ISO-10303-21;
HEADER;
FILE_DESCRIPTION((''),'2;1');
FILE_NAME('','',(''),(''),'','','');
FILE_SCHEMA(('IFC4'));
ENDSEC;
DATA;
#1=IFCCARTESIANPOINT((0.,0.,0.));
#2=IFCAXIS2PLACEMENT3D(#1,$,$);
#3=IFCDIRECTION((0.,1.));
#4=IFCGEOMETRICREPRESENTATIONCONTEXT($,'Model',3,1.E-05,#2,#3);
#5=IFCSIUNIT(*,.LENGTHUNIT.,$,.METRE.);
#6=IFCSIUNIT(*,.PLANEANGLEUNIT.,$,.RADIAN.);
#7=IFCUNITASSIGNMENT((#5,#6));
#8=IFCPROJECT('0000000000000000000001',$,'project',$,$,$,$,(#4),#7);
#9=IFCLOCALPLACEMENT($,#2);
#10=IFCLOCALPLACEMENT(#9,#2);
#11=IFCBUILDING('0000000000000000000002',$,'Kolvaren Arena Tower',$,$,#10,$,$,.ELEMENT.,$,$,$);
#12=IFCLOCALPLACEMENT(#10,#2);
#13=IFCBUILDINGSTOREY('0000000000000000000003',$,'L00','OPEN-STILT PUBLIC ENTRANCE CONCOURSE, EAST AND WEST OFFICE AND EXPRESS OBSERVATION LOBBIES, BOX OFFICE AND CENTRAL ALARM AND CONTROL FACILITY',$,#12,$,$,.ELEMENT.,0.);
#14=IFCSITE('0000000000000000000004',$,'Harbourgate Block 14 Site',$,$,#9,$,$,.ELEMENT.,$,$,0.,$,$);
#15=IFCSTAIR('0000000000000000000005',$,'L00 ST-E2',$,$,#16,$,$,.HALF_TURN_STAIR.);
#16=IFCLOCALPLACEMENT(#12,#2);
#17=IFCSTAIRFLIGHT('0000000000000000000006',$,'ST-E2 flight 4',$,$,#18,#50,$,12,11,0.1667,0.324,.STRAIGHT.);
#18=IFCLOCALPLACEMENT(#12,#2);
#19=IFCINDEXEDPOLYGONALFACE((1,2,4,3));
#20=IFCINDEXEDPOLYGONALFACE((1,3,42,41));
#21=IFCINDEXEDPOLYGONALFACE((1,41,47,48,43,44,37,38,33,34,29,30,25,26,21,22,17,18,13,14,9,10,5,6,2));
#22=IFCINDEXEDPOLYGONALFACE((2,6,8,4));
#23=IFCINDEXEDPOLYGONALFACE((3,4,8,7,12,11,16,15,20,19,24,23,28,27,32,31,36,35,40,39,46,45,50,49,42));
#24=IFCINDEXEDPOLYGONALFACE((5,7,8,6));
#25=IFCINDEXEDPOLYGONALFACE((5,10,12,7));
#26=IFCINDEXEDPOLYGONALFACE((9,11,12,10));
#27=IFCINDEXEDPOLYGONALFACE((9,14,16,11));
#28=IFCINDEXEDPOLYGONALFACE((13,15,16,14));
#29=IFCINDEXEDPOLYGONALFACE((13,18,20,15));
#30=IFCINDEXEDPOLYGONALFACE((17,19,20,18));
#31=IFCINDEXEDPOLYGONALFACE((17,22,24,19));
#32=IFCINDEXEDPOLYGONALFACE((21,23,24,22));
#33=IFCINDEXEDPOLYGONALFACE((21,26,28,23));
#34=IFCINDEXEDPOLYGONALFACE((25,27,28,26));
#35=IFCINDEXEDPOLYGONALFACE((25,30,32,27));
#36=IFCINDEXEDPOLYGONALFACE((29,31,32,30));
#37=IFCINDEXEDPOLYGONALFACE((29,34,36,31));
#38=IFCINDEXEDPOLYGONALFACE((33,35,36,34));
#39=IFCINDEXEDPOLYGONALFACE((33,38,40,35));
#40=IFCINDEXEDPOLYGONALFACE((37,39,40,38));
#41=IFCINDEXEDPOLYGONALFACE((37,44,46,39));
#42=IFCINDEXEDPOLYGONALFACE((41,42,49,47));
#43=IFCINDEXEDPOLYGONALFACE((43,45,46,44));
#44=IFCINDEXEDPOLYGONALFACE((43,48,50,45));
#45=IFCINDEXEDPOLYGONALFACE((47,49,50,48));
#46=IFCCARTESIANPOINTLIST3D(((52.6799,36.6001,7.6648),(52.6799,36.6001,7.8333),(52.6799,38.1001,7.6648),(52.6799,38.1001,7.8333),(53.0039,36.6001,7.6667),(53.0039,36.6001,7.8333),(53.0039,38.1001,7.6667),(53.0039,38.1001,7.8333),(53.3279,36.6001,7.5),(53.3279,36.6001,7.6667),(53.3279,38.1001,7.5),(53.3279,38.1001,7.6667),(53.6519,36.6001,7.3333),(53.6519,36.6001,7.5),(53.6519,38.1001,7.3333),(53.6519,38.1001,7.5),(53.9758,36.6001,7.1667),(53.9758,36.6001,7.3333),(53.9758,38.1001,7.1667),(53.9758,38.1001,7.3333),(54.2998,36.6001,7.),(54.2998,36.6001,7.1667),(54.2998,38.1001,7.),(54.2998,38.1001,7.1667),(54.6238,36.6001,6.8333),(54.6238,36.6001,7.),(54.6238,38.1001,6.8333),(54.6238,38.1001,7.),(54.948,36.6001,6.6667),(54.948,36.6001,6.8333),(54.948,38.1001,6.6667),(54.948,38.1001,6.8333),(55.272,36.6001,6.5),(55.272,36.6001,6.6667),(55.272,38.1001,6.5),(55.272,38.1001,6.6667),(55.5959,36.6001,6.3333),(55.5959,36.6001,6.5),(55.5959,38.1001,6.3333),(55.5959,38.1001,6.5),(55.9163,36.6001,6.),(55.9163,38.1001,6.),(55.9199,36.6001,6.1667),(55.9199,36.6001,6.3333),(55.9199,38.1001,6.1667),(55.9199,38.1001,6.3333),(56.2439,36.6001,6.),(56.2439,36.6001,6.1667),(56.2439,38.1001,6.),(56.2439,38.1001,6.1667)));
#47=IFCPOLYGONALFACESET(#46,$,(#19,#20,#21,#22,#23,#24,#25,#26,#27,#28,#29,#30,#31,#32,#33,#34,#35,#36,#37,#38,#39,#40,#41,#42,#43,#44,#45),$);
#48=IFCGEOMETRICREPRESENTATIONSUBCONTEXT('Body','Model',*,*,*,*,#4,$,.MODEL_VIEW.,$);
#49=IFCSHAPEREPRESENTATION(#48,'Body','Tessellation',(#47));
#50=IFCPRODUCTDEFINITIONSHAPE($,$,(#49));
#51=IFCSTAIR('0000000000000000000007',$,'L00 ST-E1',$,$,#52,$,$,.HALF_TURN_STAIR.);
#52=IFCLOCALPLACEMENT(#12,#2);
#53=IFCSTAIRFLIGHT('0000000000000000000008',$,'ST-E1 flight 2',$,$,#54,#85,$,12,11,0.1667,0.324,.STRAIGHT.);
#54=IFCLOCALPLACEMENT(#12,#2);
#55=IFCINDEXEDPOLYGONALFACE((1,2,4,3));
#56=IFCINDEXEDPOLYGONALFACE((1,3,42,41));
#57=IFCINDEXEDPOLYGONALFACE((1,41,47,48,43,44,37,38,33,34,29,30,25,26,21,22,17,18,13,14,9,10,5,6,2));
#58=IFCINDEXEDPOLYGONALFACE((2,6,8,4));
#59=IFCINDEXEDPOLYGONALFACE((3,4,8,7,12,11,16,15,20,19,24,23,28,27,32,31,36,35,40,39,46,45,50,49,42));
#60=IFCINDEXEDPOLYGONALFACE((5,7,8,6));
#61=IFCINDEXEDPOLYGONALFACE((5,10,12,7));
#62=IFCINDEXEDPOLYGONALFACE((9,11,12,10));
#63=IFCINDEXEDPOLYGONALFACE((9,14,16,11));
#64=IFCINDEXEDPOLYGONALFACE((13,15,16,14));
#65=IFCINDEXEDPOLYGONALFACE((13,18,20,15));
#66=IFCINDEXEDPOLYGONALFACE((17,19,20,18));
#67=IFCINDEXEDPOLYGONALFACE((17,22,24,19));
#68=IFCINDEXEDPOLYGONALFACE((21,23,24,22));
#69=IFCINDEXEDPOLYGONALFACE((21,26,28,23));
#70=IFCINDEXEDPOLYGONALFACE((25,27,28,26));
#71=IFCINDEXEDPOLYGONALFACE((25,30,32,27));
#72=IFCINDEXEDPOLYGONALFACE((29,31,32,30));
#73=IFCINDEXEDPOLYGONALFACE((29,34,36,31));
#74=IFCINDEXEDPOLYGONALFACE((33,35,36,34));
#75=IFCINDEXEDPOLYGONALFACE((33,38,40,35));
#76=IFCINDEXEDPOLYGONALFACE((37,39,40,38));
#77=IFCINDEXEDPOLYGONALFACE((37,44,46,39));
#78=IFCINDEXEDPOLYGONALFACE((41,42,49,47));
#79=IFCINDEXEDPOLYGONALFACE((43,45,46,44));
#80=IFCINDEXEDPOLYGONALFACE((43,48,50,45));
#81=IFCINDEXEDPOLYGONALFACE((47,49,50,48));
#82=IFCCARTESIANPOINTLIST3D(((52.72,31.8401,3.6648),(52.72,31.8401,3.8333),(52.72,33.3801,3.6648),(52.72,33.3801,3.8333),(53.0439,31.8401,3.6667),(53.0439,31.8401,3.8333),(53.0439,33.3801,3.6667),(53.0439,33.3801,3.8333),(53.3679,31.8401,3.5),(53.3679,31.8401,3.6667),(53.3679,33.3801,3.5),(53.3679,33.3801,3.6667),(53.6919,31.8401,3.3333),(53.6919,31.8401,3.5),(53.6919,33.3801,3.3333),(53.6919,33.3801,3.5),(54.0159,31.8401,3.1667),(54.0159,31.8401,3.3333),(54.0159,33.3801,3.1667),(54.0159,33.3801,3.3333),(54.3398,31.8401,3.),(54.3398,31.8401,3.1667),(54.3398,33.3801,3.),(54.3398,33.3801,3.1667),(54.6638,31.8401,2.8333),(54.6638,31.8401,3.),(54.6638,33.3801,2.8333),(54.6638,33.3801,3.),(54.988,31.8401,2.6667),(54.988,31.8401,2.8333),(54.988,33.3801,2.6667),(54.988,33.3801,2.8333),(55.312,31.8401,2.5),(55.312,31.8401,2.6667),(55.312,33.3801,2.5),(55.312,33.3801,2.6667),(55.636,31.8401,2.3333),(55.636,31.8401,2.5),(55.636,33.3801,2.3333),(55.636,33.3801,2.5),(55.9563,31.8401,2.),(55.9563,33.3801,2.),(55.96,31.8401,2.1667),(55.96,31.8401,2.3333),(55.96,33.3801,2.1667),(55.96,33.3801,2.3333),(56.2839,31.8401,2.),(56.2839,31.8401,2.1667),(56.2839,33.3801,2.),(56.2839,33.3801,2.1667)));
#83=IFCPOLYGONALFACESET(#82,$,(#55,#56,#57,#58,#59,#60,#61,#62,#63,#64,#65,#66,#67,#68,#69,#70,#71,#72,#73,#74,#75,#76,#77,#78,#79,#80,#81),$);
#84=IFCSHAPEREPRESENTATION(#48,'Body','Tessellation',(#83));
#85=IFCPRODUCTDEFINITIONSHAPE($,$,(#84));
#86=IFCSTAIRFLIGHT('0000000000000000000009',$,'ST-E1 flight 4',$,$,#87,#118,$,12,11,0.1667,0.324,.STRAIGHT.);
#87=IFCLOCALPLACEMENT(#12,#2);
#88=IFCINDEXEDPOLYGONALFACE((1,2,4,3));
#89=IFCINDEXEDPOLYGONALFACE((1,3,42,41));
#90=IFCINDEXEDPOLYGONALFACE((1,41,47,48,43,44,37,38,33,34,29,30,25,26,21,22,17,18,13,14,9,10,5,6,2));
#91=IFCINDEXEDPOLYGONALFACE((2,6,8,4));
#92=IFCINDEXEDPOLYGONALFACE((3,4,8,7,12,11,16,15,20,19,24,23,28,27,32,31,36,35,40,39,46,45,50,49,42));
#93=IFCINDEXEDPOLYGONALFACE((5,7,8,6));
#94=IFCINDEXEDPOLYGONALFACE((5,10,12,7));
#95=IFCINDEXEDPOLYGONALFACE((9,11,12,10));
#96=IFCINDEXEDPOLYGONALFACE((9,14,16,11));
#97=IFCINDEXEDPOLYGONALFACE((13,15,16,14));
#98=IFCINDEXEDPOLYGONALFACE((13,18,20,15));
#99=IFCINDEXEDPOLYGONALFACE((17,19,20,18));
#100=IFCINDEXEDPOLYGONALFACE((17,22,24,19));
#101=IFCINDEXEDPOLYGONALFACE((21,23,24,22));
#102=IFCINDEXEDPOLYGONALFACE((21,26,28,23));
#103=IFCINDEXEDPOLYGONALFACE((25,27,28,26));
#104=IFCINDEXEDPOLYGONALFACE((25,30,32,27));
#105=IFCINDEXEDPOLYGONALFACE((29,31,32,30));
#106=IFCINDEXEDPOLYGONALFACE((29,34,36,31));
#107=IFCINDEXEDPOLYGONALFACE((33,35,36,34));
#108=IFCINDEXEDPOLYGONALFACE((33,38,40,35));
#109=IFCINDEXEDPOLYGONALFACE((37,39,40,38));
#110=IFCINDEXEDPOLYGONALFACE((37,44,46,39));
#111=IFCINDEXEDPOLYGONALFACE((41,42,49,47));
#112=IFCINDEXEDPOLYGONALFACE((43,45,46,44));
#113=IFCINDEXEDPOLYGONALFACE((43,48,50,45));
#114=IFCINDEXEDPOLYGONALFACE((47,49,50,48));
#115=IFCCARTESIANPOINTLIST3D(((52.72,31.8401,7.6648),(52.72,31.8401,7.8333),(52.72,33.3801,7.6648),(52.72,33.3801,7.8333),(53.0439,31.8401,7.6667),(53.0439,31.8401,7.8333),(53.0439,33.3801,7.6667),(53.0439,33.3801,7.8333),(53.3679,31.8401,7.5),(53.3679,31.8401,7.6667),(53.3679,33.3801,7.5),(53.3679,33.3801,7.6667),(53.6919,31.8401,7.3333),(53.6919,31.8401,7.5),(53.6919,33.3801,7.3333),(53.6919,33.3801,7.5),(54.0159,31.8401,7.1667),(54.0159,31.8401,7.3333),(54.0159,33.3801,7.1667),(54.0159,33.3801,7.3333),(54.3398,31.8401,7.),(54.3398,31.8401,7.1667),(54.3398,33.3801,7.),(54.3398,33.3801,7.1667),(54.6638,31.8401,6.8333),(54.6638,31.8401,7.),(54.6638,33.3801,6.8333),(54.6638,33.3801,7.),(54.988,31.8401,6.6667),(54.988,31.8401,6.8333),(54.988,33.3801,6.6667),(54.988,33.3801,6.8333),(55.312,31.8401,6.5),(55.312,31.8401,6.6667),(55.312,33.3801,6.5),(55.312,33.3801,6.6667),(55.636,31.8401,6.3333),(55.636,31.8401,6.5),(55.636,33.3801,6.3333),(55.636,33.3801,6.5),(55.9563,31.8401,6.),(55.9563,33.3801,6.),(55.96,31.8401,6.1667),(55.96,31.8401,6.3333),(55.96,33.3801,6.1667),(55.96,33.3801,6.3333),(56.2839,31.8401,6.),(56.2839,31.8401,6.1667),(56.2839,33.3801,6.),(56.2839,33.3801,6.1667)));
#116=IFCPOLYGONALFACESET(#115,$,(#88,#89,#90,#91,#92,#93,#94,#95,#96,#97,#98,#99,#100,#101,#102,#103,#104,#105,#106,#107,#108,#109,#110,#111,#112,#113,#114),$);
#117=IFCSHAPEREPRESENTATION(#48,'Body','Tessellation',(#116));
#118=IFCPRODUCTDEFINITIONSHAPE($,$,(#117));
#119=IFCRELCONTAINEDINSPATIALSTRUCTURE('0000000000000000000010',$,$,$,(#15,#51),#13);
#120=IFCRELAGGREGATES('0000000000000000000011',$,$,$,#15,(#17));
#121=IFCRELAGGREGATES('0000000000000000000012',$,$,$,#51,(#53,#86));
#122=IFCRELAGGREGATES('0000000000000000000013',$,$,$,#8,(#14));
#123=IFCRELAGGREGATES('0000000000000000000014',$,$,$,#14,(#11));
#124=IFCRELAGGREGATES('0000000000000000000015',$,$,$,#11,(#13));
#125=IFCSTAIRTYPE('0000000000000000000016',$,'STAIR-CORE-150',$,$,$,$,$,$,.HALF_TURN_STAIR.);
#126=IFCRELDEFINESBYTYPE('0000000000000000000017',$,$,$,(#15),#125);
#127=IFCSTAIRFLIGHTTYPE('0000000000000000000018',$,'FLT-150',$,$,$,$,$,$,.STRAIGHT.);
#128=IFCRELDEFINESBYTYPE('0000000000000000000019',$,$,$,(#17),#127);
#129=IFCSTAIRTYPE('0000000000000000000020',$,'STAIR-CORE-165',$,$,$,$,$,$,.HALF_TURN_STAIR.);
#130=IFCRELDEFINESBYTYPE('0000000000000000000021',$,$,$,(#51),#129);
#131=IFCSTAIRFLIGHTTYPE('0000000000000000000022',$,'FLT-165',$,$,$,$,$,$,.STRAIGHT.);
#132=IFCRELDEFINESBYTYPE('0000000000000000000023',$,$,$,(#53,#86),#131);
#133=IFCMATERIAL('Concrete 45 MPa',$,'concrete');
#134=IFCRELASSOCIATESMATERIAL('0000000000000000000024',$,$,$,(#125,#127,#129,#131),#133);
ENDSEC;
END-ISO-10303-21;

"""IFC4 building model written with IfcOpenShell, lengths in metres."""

from ifc_helpers import new_model, si_unit, direction, frame, origin, place, context, subcontext, project, spatial, polyline, outline, extrude, material, type_object, element, aggregate, save


model = new_model("IFC4")

# Units and contexts
model_context = context("Model", 3, precision=1e-05, world=origin(), true_north=direction((0.0, 1.0)))
body_context = subcontext(model_context, "Body", "Model", "MODEL_VIEW")
ifc_project = project(units=[si_unit("LENGTHUNIT", "METRE"), si_unit("PLANEANGLEUNIT", "RADIAN")], contexts=[model_context])

# Site, building, storey
site_placement = place(None, origin())
site = spatial("IfcSite", under=ifc_project, at=site_placement, Name="Harbourgate Block 14 Site", CompositionType="ELEMENT", RefElevation=0.0)
building_placement = place(site_placement, origin())
building = spatial("IfcBuilding", under=site, at=building_placement, Name="Kolvaren Arena Tower", CompositionType="ELEMENT")
storey_placement = place(building_placement, origin())
storey = spatial("IfcBuildingStorey", under=building, at=storey_placement, Name="L00", Description="OPEN-STILT PUBLIC ENTRANCE CONCOURSE, EAST AND WEST OFFICE AND EXPRESS OBSERVATION LOBBIES, BOX OFFICE AND CENTRAL ALARM AND CONTROL FACILITY", CompositionType="ELEMENT", Elevation=0.0)

# Shared definitions
ifc_material_1 = material(Name="Concrete 45 MPa", Category="concrete")

# Stairs, stair flights
stair_type_1 = type_object("IfcStairType", Name="STAIR-CORE-150", PredefinedType="HALF_TURN_STAIR", material=ifc_material_1)
stair_1_placement = place(storey_placement, origin())
stair_1 = element("IfcStair", 1, at=stair_1_placement, inside=storey, type_object=stair_type_1, Name="L00 ST-E2", PredefinedType="HALF_TURN_STAIR")
stair_flight_type_1 = type_object("IfcStairFlightType", Name="FLT-150", PredefinedType="STRAIGHT", material=ifc_material_1)
stair_flight_1_placement = place(storey_placement, frame((56.2439, 37.3501, 6.0), z_axis=(0.0, 0.0, 1.0), x_axis=(-1.0, 0.0, 0.0)))
stair_flight_1 = element("IfcStairFlight", 2, at=stair_flight_1_placement, type_object=stair_flight_type_1, Name="ST-E2 flight 4", NumberOfRisers=12, NumberOfTreads=11, PredefinedType="STRAIGHT", RiserHeight=0.1667, TreadLength=0.324, context=body_context, shape_type="SweptSolid", body=[
    extrude(outline(polyline([(0.0, 0.0), (0.0, 0.1667), (0.324, 0.1667), (0.324, 0.3333), (0.6479, 0.3333), (0.6479, 0.5), (0.9719, 0.5), (0.9719, 0.6667), (1.2959, 0.6667), (1.2959, 0.8333), (1.6201, 0.8333), (1.6201, 1.0), (1.9441, 1.0), (1.9441, 1.1667), (2.2681, 1.1667), (2.2681, 1.3333), (2.592, 1.3333), (2.592, 1.5), (2.916, 1.5), (2.916, 1.6667), (3.24, 1.6667), (3.24, 1.8333), (3.564, 1.8333), (3.564, 2.0), (3.564, 1.6648), (0.3276, 0.0), (0.0, 0.0)])), frame((0.0, 0.75, 0.0), z_axis=(0.0, -1.0, 0.0), x_axis=(1.0, 0.0, 0.0)), (0.0, 0.0, 1.0), 1.5),
])
aggregate(stair_1, [stair_flight_1])
stair_type_2 = type_object("IfcStairType", Name="STAIR-CORE-165", PredefinedType="HALF_TURN_STAIR", material=ifc_material_1)
stair_2_placement = place(storey_placement, origin())
stair_2 = element("IfcStair", 3, at=stair_2_placement, inside=storey, type_object=stair_type_2, Name="L00 ST-E1", PredefinedType="HALF_TURN_STAIR")
stair_flight_type_2 = type_object("IfcStairFlightType", Name="FLT-165", PredefinedType="STRAIGHT", material=ifc_material_1)
stair_flight_2_placement = place(storey_placement, frame((56.2839, 32.6101, 2.0), z_axis=(0.0, 0.0, 1.0), x_axis=(-1.0, 0.0, 0.0)))
stair_flight_2 = element("IfcStairFlight", 4, at=stair_flight_2_placement, type_object=stair_flight_type_2, Name="ST-E1 flight 2", NumberOfRisers=12, NumberOfTreads=11, PredefinedType="STRAIGHT", RiserHeight=0.1667, TreadLength=0.324, context=body_context, shape_type="SweptSolid", body=[
    extrude(outline(polyline([(0.0, 0.0), (0.0, 0.1667), (0.324, 0.1667), (0.324, 0.3333), (0.6479, 0.3333), (0.6479, 0.5), (0.9719, 0.5), (0.9719, 0.6667), (1.2959, 0.6667), (1.2959, 0.8333), (1.6201, 0.8333), (1.6201, 1.0), (1.9441, 1.0), (1.9441, 1.1667), (2.2681, 1.1667), (2.2681, 1.3333), (2.592, 1.3333), (2.592, 1.5), (2.916, 1.5), (2.916, 1.6667), (3.24, 1.6667), (3.24, 1.8333), (3.564, 1.8333), (3.564, 2.0), (3.564, 1.6648), (0.3276, 0.0), (0.0, 0.0)])), frame((0.0, 0.77, 0.0), z_axis=(0.0, -1.0, 0.0), x_axis=(1.0, 0.0, 0.0)), (0.0, 0.0, 1.0), 1.54),
])
stair_flight_3_placement = place(storey_placement, frame((56.2839, 32.6101, 6.0), z_axis=(0.0, 0.0, 1.0), x_axis=(-1.0, 0.0, 0.0)))
stair_flight_3 = element("IfcStairFlight", 5, at=stair_flight_3_placement, type_object=stair_flight_type_2, Name="ST-E1 flight 4", NumberOfRisers=12, NumberOfTreads=11, PredefinedType="STRAIGHT", RiserHeight=0.1667, TreadLength=0.324, context=body_context, shape_type="SweptSolid", body=[
    extrude(outline(polyline([(0.0, 0.0), (0.0, 0.1667), (0.324, 0.1667), (0.324, 0.3333), (0.6479, 0.3333), (0.6479, 0.5), (0.9719, 0.5), (0.9719, 0.6667), (1.2959, 0.6667), (1.2959, 0.8333), (1.6201, 0.8333), (1.6201, 1.0), (1.9441, 1.0), (1.9441, 1.1667), (2.2681, 1.1667), (2.2681, 1.3333), (2.592, 1.3333), (2.592, 1.5), (2.916, 1.5), (2.916, 1.6667), (3.24, 1.6667), (3.24, 1.8333), (3.564, 1.8333), (3.564, 2.0), (3.564, 1.6648), (0.3276, 0.0), (0.0, 0.0)])), frame((0.0, 0.77, 0.0), z_axis=(0.0, -1.0, 0.0), x_axis=(1.0, 0.0, 0.0)), (0.0, 0.0, 1.0), 1.54),
])
aggregate(stair_2, [stair_flight_2, stair_flight_3])

save(model, "model.ifc")
